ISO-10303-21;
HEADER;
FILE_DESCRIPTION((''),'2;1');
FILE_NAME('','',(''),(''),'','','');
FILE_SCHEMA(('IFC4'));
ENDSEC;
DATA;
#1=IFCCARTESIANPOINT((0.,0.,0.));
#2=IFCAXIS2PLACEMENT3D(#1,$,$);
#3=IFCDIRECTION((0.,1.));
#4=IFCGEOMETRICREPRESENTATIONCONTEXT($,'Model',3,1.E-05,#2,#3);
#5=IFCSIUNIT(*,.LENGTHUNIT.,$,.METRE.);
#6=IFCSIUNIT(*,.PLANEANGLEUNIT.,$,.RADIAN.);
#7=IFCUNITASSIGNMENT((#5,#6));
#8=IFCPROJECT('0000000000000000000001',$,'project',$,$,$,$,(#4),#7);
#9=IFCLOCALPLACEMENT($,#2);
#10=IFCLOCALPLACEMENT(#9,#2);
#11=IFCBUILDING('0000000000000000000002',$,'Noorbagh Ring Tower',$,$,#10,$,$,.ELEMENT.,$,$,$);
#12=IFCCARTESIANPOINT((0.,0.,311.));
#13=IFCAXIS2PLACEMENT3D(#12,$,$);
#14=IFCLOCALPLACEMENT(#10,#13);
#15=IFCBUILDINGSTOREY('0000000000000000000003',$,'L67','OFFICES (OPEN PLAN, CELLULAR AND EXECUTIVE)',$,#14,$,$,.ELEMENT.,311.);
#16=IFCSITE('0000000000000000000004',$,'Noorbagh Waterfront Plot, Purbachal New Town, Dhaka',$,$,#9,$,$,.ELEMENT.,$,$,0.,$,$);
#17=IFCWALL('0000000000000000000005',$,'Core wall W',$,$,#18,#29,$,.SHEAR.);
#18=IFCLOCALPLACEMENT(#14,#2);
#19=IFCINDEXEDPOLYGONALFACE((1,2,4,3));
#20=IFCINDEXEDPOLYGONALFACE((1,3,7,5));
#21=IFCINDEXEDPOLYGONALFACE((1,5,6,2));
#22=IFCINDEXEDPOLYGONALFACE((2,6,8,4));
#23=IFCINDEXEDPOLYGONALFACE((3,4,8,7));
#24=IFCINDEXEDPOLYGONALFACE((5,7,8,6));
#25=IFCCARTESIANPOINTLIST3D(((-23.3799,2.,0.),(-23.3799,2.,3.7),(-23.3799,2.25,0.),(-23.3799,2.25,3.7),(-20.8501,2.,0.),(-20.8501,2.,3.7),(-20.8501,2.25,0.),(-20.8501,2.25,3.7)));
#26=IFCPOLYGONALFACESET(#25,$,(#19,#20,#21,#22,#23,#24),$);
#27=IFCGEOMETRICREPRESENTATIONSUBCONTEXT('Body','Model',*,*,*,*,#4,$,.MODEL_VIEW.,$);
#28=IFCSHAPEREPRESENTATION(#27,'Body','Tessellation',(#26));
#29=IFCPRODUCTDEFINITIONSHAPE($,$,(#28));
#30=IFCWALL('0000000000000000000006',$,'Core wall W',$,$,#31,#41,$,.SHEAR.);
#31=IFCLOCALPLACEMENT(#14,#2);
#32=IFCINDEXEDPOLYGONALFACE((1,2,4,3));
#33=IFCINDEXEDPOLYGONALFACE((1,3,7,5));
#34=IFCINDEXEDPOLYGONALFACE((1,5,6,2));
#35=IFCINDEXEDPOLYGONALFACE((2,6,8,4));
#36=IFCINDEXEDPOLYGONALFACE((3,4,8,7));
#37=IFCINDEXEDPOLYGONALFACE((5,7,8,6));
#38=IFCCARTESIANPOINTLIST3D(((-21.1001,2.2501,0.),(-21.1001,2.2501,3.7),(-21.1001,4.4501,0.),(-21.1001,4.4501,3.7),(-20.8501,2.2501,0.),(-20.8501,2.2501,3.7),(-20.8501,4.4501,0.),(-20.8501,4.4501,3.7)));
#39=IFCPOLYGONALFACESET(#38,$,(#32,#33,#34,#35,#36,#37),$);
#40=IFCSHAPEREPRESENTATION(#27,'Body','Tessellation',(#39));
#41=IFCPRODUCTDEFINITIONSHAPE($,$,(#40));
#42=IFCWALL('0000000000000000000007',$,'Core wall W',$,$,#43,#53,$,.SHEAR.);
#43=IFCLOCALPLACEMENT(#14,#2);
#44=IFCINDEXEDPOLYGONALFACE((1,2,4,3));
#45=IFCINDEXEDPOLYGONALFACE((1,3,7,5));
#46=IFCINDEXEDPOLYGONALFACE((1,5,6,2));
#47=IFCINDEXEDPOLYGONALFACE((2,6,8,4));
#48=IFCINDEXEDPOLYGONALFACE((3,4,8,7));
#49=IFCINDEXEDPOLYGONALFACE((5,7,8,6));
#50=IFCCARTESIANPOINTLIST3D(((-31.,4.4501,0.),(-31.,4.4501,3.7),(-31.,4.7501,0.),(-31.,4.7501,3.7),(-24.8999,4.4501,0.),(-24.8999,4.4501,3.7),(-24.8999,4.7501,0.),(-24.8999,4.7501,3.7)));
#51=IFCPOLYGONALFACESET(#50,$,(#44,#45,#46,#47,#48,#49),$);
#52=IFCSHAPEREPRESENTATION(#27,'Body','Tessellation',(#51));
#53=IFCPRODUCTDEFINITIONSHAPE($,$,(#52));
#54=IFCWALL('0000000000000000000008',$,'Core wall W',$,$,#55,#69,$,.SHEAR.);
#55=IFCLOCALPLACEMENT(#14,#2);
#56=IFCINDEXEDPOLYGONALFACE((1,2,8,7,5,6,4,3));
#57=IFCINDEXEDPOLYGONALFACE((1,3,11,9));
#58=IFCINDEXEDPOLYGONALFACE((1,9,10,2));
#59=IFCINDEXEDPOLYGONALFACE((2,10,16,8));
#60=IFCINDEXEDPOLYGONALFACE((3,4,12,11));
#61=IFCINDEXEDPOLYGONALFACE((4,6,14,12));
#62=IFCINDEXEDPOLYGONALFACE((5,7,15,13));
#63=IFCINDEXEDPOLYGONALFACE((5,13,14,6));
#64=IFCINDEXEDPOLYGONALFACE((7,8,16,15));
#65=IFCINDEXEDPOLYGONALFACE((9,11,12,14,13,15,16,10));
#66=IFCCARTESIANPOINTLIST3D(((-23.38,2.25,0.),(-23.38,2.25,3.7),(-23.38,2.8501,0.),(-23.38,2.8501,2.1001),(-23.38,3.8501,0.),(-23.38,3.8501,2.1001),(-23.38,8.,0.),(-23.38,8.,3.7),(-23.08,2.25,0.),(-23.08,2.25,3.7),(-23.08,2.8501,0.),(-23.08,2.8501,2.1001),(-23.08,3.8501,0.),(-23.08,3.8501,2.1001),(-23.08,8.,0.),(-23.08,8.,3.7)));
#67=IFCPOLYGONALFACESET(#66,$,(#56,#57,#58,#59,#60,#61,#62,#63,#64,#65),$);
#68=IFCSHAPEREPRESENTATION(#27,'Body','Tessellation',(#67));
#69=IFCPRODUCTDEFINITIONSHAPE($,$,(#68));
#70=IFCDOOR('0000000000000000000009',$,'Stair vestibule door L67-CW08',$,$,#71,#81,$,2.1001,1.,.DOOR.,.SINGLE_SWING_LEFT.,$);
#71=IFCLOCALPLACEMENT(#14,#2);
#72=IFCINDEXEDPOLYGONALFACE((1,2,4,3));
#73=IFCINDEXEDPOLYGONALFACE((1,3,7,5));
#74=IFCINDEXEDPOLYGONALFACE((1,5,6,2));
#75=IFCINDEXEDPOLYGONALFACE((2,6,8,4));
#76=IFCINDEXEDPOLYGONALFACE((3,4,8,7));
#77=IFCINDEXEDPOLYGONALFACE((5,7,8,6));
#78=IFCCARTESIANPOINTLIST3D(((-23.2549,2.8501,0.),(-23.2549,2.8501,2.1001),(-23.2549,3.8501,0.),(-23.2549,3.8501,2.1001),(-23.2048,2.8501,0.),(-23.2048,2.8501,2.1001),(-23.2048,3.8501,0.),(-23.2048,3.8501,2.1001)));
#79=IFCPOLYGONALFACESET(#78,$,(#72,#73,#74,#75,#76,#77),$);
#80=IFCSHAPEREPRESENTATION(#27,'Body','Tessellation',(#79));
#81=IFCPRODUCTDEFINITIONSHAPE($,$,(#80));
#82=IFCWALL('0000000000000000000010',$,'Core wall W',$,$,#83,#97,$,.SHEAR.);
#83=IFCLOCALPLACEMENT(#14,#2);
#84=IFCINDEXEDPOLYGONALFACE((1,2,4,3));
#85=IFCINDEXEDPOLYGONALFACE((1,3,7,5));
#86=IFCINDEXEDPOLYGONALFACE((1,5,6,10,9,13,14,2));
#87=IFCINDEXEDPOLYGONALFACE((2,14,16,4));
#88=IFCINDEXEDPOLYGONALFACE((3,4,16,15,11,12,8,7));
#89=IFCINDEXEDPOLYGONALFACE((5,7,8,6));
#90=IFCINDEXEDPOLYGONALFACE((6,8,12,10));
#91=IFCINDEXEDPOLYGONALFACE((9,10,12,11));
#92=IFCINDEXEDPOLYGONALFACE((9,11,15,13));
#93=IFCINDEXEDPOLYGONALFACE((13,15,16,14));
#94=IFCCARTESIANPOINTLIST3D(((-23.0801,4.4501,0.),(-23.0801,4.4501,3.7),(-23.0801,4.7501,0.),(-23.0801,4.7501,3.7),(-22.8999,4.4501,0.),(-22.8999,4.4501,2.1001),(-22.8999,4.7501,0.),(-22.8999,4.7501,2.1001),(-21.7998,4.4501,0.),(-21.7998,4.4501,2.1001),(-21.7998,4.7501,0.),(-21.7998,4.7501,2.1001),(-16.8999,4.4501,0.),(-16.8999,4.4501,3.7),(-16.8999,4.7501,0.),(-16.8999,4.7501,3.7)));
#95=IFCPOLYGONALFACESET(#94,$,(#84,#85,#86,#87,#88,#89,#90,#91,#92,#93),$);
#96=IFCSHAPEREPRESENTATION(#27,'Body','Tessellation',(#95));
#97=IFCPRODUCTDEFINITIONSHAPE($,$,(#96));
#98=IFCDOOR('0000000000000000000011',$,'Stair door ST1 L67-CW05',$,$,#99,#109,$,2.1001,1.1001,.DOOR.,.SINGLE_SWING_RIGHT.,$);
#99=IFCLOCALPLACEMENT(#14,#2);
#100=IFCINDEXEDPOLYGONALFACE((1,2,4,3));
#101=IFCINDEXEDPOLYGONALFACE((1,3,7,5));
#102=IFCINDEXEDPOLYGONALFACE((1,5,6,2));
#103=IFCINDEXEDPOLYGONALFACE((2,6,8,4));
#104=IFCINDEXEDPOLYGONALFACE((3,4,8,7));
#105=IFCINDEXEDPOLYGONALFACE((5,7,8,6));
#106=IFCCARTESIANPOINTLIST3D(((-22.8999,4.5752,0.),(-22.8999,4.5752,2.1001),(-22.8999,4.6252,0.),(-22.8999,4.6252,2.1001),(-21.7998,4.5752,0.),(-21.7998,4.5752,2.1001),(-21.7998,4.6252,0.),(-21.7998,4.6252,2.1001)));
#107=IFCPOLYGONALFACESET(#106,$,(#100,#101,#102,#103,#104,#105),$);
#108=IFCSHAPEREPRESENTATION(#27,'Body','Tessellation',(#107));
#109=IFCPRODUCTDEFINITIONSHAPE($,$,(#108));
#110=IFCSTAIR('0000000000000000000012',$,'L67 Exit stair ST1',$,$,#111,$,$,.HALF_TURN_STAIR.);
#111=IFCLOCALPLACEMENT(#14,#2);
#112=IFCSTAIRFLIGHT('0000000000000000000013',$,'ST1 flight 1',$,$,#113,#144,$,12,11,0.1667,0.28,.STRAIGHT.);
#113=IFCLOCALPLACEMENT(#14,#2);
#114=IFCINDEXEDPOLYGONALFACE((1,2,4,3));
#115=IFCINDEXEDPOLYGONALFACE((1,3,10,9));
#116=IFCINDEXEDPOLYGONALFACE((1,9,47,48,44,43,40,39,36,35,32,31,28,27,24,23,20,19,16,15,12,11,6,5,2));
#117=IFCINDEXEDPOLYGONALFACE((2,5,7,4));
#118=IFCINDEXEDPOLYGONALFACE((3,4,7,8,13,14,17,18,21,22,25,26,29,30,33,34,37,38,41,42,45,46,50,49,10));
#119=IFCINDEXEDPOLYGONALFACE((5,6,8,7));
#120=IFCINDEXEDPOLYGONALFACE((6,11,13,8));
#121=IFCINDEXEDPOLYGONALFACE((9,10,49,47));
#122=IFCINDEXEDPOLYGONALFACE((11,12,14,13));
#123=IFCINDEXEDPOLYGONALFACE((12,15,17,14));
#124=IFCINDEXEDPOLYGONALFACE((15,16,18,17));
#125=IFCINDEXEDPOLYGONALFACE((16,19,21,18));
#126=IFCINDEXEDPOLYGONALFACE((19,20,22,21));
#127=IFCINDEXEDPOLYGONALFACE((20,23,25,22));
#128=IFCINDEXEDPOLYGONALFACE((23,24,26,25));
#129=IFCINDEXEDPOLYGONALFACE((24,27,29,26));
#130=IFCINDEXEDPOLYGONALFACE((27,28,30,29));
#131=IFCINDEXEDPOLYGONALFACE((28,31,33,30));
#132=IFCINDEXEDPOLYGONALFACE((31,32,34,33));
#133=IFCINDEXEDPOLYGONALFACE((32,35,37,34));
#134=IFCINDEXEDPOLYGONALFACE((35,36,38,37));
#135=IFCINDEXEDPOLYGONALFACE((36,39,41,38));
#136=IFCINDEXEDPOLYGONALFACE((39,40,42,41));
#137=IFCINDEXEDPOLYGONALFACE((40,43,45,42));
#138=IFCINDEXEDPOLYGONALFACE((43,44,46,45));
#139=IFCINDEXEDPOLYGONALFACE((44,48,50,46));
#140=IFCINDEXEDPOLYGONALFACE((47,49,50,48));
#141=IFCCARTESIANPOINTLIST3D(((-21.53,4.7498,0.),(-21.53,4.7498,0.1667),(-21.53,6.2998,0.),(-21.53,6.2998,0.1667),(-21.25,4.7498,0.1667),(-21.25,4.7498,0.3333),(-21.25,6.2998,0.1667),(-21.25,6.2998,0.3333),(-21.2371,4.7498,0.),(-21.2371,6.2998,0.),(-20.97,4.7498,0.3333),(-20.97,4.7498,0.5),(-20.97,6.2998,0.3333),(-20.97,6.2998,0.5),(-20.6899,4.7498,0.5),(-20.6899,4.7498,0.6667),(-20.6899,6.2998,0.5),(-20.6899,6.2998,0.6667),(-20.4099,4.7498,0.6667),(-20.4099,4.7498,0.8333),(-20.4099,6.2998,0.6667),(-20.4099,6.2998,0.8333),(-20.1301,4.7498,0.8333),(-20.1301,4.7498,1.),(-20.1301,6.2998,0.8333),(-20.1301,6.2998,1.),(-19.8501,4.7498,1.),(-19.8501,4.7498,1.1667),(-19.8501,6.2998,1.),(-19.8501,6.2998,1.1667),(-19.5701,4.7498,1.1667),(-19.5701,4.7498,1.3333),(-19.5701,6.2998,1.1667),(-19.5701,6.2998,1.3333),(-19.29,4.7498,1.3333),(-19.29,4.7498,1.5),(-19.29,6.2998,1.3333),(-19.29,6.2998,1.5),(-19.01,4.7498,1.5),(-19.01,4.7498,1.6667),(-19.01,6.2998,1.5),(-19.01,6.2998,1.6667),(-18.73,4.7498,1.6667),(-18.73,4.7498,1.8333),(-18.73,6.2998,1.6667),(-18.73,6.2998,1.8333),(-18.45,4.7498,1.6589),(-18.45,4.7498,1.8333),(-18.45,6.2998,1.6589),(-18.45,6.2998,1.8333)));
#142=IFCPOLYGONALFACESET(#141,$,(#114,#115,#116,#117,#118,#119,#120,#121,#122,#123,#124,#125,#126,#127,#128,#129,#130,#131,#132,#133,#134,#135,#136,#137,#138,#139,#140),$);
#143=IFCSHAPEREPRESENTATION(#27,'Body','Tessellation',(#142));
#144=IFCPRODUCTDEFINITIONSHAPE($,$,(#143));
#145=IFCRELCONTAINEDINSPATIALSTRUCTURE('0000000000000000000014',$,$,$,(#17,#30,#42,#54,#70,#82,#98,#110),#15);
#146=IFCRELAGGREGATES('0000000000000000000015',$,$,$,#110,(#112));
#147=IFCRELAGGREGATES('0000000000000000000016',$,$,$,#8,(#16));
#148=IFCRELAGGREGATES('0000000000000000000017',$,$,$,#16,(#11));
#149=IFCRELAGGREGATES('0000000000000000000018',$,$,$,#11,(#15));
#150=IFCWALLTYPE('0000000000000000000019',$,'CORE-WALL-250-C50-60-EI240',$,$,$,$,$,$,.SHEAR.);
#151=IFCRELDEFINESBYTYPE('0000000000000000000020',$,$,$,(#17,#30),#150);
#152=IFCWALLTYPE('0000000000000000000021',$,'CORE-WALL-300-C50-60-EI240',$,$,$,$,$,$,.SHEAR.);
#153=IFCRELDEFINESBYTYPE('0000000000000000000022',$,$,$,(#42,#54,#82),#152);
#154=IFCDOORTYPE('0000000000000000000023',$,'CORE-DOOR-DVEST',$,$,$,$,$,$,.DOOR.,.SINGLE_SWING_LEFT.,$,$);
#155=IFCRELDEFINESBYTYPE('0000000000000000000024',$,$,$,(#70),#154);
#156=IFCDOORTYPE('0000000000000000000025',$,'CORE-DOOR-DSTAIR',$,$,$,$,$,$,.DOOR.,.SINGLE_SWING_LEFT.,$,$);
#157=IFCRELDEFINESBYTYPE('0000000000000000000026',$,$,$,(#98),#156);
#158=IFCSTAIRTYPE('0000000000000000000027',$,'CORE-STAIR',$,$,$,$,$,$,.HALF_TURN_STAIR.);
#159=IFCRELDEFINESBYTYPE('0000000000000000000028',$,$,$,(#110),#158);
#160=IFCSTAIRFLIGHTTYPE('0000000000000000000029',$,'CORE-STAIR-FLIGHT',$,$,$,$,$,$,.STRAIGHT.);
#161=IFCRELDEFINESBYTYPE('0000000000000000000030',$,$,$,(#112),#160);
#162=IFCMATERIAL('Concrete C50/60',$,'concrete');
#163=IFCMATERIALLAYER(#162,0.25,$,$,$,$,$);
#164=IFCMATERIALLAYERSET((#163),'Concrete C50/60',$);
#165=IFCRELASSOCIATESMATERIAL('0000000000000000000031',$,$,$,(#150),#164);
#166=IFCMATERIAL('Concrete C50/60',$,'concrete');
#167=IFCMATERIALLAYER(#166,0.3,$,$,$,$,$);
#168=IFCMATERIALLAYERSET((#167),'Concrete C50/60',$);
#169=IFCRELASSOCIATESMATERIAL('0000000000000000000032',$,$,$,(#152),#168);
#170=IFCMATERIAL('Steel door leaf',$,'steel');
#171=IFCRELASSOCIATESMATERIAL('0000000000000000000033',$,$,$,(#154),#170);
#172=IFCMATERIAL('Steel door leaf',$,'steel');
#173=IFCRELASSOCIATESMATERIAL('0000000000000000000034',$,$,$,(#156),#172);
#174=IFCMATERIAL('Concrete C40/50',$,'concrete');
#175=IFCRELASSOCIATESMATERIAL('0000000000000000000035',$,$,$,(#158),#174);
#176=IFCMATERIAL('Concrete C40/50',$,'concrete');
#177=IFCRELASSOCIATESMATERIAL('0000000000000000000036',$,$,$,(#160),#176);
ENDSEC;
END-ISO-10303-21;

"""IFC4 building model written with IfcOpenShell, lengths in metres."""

from ifc_helpers import new_model, si_unit, direction, frame, frame_2d, origin, place, context, subcontext, project, spatial, polyline, rectangle, outline, extrude, material, layer, layer_set, type_object, element, fill, aggregate, save


model = new_model("IFC4")

# Units and contexts
model_context = context("Model", 3, precision=1e-05, world=origin(), true_north=direction((0.0, 1.0)))
body_context = subcontext(model_context, "Body", "Model", "MODEL_VIEW")
ifc_project = project(units=[si_unit("LENGTHUNIT", "METRE"), si_unit("PLANEANGLEUNIT", "RADIAN")], contexts=[model_context])

# Site, building, storey
site_placement = place(None, origin())
site = spatial("IfcSite", under=ifc_project, at=site_placement, Name="Noorbagh Waterfront Plot, Purbachal New Town, Dhaka", CompositionType="ELEMENT", RefElevation=0.0)
building_placement = place(site_placement, origin())
building = spatial("IfcBuilding", under=site, at=building_placement, Name="Noorbagh Ring Tower", CompositionType="ELEMENT")
storey_placement = place(building_placement, frame((0.0, 0.0, 311.0)))
storey = spatial("IfcBuildingStorey", under=building, at=storey_placement, Name="L67", Description="OFFICES (OPEN PLAN, CELLULAR AND EXECUTIVE)", CompositionType="ELEMENT", Elevation=311.0)

# Walls
ifc_material_1 = material(Name="Concrete C50/60", Category="concrete")
ifc_layer_1 = layer(ifc_material_1, 0.25)
ifc_layer_set_1 = layer_set([ifc_layer_1], Name="Concrete C50/60")
wall_type_1 = type_object("IfcWallType", Name="CORE-WALL-250-C50-60-EI240", PredefinedType="SHEAR", material=ifc_layer_set_1)
wall_1_placement = place(storey_placement, frame((-20.8501, 2.125, 0.0), z_axis=(0.0, 0.0, 1.0), x_axis=(-1.0, 0.0, 0.0)))
element("IfcWall", 1, at=wall_1_placement, inside=storey, type_object=wall_type_1, Name="Core wall W", PredefinedType="SHEAR", context=body_context, shape_type="SweptSolid", body=[
    extrude(rectangle(XDim=2.5298, YDim=0.25, at=frame_2d((1.2649, 0.0))), origin(), (0.0, 0.0, 1.0), 3.7),
])
wall_2_placement = place(storey_placement, frame((-20.9751, 2.25, 0.0), z_axis=(0.0, 0.0, 1.0), x_axis=(0.0, 1.0, 0.0)))
element("IfcWall", 2, at=wall_2_placement, inside=storey, type_object=wall_type_1, Name="Core wall W", PredefinedType="SHEAR", context=body_context, shape_type="SweptSolid", body=[
    extrude(rectangle(XDim=2.2, YDim=0.25, at=frame_2d((1.1001, 0.0))), origin(), (0.0, 0.0, 1.0), 3.7),
])
ifc_material_2 = material(Name="Concrete C50/60", Category="concrete")
ifc_layer_2 = layer(ifc_material_2, 0.3)
ifc_layer_set_2 = layer_set([ifc_layer_2], Name="Concrete C50/60")
wall_type_2 = type_object("IfcWallType", Name="CORE-WALL-300-C50-60-EI240", PredefinedType="SHEAR", material=ifc_layer_set_2)
wall_3_placement = place(storey_placement, frame((-24.8999, 4.6001, 0.0), z_axis=(0.0, 0.0, 1.0), x_axis=(-1.0, 0.0, 0.0)))
element("IfcWall", 3, at=wall_3_placement, inside=storey, type_object=wall_type_2, Name="Core wall W", PredefinedType="SHEAR", context=body_context, shape_type="SweptSolid", body=[
    extrude(rectangle(XDim=6.1001, YDim=0.3, at=frame_2d((3.05, 0.0))), origin(), (0.0, 0.0, 1.0), 3.7),
])

# Walls, openings, doors
wall_4_placement = place(storey_placement, frame((-23.23, 2.25, 0.0), z_axis=(0.0, 0.0, 1.0), x_axis=(0.0, 1.0, 0.0)))
wall_4 = element("IfcWall", 4, at=wall_4_placement, inside=storey, type_object=wall_type_2, Name="Core wall W", PredefinedType="SHEAR", context=body_context, shape_type="SweptSolid", body=[
    extrude(rectangle(XDim=5.75, YDim=0.3, at=frame_2d((2.875, 0.0))), origin(), (0.0, 0.0, 1.0), 3.7),
])
opening_1_placement = place(wall_4_placement, frame((0.6001, 0.0, 0.0)))
opening_1 = element("IfcOpeningElement", 5, at=opening_1_placement, cuts=wall_4, PredefinedType="OPENING", context=body_context, shape_type="SweptSolid", body=[
    extrude(rectangle(XDim=1.0, YDim=2.1001, at=frame_2d((0.5, 1.05))), frame((0.0, 0.1602, 0.0), z_axis=(0.0, -1.0, 0.0), x_axis=(1.0, 0.0, 0.0)), (0.0, 0.0, 1.0), 0.3201),
])
ifc_material_3 = material(Name="Steel door leaf", Category="steel")
door_type_1 = type_object("IfcDoorType", Name="CORE-DOOR-DVEST", OperationType="SINGLE_SWING_LEFT", PredefinedType="DOOR", material=ifc_material_3)
door_1_placement = place(opening_1_placement, origin())
door_1 = element("IfcDoor", 6, at=door_1_placement, inside=storey, type_object=door_type_1, Name="Stair vestibule door L67-CW08", OperationType="SINGLE_SWING_LEFT", OverallHeight=2.1001, OverallWidth=1.0, PredefinedType="DOOR", context=body_context, shape_type="SweptSolid", body=[
    extrude(rectangle(XDim=1.0, YDim=2.1001, at=frame_2d((0.5, 1.05))), frame((0.0, 0.0249, 0.0), z_axis=(0.0, -1.0, 0.0), x_axis=(1.0, 0.0, 0.0)), (0.0, 0.0, 1.0), 0.05),
])
fill(opening_1, door_1)
wall_5_placement = place(storey_placement, frame((-16.8999, 4.6001, 0.0), z_axis=(0.0, 0.0, 1.0), x_axis=(-1.0, 0.0, 0.0)))
wall_5 = element("IfcWall", 7, at=wall_5_placement, inside=storey, type_object=wall_type_2, Name="Core wall W", PredefinedType="SHEAR", context=body_context, shape_type="SweptSolid", body=[
    extrude(rectangle(XDim=6.1802, YDim=0.3, at=frame_2d((3.0901, 0.0))), origin(), (0.0, 0.0, 1.0), 3.7),
])
opening_2_placement = place(wall_5_placement, frame((4.8999, 0.0, 0.0)))
opening_2 = element("IfcOpeningElement", 8, at=opening_2_placement, cuts=wall_5, PredefinedType="OPENING", context=body_context, shape_type="SweptSolid", body=[
    extrude(rectangle(XDim=1.1001, YDim=2.1001, at=frame_2d((0.55, 1.05))), frame((0.0, 0.1602, 0.0), z_axis=(0.0, -1.0, 0.0), x_axis=(1.0, 0.0, 0.0)), (0.0, 0.0, 1.0), 0.3201),
])
ifc_material_4 = material(Name="Steel door leaf", Category="steel")
door_type_2 = type_object("IfcDoorType", Name="CORE-DOOR-DSTAIR", OperationType="SINGLE_SWING_LEFT", PredefinedType="DOOR", material=ifc_material_4)
door_2_placement = place(opening_2_placement, origin())
door_2 = element("IfcDoor", 9, at=door_2_placement, inside=storey, type_object=door_type_2, Name="Stair door ST1 L67-CW05", OperationType="SINGLE_SWING_RIGHT", OverallHeight=2.1001, OverallWidth=1.1001, PredefinedType="DOOR", context=body_context, shape_type="SweptSolid", body=[
    extrude(rectangle(XDim=1.1001, YDim=2.1001, at=frame_2d((0.55, 1.05))), frame((0.0, 0.0249, 0.0), z_axis=(0.0, -1.0, 0.0), x_axis=(1.0, 0.0, 0.0)), (0.0, 0.0, 1.0), 0.05),
])
fill(opening_2, door_2)

# Stair, stair flight
ifc_material_5 = material(Name="Concrete C40/50", Category="concrete")
stair_type = type_object("IfcStairType", Name="CORE-STAIR", PredefinedType="HALF_TURN_STAIR", material=ifc_material_5)
stair_placement = place(storey_placement, origin())
stair = element("IfcStair", 10, at=stair_placement, inside=storey, type_object=stair_type, Name="L67 Exit stair ST1", PredefinedType="HALF_TURN_STAIR")
ifc_material_6 = material(Name="Concrete C40/50", Category="concrete")
stair_flight_type = type_object("IfcStairFlightType", Name="CORE-STAIR-FLIGHT", PredefinedType="STRAIGHT", material=ifc_material_6)
stair_flight_placement = place(storey_placement, frame((-21.53, 5.5249, 0.0), z_axis=(0.0, 0.0, 1.0), x_axis=(1.0, 0.0, 0.0)))
stair_flight = element("IfcStairFlight", 11, at=stair_flight_placement, type_object=stair_flight_type, Name="ST1 flight 1", NumberOfRisers=12, NumberOfTreads=11, PredefinedType="STRAIGHT", RiserHeight=0.1667, TreadLength=0.28, context=body_context, shape_type="SweptSolid", body=[
    extrude(outline(polyline([(0.0, 0.0), (0.0, 0.1667), (0.28, 0.1667), (0.28, 0.3333), (0.5601, 0.3333), (0.5601, 0.5), (0.8401, 0.5), (0.8401, 0.6667), (1.1201, 0.6667), (1.1201, 0.8333), (1.3999, 0.8333), (1.3999, 1.0), (1.6799, 1.0), (1.6799, 1.1667), (1.96, 1.1667), (1.96, 1.3333), (2.24, 1.3333), (2.24, 1.5), (2.52, 1.5), (2.52, 1.6667), (2.8, 1.6667), (2.8, 1.8333), (3.0801, 1.8333), (3.0801, 2.0), (3.0801, 1.6589), (0.293, 0.0), (0.0, 0.0)])), frame((0.0, 0.7749, 0.0), z_axis=(0.0, -1.0, 0.0), x_axis=(1.0, 0.0, 0.0)), (0.0, 0.0, 1.0), 1.55),
])
aggregate(stair, [stair_flight])

save(model, "model.ifc")
